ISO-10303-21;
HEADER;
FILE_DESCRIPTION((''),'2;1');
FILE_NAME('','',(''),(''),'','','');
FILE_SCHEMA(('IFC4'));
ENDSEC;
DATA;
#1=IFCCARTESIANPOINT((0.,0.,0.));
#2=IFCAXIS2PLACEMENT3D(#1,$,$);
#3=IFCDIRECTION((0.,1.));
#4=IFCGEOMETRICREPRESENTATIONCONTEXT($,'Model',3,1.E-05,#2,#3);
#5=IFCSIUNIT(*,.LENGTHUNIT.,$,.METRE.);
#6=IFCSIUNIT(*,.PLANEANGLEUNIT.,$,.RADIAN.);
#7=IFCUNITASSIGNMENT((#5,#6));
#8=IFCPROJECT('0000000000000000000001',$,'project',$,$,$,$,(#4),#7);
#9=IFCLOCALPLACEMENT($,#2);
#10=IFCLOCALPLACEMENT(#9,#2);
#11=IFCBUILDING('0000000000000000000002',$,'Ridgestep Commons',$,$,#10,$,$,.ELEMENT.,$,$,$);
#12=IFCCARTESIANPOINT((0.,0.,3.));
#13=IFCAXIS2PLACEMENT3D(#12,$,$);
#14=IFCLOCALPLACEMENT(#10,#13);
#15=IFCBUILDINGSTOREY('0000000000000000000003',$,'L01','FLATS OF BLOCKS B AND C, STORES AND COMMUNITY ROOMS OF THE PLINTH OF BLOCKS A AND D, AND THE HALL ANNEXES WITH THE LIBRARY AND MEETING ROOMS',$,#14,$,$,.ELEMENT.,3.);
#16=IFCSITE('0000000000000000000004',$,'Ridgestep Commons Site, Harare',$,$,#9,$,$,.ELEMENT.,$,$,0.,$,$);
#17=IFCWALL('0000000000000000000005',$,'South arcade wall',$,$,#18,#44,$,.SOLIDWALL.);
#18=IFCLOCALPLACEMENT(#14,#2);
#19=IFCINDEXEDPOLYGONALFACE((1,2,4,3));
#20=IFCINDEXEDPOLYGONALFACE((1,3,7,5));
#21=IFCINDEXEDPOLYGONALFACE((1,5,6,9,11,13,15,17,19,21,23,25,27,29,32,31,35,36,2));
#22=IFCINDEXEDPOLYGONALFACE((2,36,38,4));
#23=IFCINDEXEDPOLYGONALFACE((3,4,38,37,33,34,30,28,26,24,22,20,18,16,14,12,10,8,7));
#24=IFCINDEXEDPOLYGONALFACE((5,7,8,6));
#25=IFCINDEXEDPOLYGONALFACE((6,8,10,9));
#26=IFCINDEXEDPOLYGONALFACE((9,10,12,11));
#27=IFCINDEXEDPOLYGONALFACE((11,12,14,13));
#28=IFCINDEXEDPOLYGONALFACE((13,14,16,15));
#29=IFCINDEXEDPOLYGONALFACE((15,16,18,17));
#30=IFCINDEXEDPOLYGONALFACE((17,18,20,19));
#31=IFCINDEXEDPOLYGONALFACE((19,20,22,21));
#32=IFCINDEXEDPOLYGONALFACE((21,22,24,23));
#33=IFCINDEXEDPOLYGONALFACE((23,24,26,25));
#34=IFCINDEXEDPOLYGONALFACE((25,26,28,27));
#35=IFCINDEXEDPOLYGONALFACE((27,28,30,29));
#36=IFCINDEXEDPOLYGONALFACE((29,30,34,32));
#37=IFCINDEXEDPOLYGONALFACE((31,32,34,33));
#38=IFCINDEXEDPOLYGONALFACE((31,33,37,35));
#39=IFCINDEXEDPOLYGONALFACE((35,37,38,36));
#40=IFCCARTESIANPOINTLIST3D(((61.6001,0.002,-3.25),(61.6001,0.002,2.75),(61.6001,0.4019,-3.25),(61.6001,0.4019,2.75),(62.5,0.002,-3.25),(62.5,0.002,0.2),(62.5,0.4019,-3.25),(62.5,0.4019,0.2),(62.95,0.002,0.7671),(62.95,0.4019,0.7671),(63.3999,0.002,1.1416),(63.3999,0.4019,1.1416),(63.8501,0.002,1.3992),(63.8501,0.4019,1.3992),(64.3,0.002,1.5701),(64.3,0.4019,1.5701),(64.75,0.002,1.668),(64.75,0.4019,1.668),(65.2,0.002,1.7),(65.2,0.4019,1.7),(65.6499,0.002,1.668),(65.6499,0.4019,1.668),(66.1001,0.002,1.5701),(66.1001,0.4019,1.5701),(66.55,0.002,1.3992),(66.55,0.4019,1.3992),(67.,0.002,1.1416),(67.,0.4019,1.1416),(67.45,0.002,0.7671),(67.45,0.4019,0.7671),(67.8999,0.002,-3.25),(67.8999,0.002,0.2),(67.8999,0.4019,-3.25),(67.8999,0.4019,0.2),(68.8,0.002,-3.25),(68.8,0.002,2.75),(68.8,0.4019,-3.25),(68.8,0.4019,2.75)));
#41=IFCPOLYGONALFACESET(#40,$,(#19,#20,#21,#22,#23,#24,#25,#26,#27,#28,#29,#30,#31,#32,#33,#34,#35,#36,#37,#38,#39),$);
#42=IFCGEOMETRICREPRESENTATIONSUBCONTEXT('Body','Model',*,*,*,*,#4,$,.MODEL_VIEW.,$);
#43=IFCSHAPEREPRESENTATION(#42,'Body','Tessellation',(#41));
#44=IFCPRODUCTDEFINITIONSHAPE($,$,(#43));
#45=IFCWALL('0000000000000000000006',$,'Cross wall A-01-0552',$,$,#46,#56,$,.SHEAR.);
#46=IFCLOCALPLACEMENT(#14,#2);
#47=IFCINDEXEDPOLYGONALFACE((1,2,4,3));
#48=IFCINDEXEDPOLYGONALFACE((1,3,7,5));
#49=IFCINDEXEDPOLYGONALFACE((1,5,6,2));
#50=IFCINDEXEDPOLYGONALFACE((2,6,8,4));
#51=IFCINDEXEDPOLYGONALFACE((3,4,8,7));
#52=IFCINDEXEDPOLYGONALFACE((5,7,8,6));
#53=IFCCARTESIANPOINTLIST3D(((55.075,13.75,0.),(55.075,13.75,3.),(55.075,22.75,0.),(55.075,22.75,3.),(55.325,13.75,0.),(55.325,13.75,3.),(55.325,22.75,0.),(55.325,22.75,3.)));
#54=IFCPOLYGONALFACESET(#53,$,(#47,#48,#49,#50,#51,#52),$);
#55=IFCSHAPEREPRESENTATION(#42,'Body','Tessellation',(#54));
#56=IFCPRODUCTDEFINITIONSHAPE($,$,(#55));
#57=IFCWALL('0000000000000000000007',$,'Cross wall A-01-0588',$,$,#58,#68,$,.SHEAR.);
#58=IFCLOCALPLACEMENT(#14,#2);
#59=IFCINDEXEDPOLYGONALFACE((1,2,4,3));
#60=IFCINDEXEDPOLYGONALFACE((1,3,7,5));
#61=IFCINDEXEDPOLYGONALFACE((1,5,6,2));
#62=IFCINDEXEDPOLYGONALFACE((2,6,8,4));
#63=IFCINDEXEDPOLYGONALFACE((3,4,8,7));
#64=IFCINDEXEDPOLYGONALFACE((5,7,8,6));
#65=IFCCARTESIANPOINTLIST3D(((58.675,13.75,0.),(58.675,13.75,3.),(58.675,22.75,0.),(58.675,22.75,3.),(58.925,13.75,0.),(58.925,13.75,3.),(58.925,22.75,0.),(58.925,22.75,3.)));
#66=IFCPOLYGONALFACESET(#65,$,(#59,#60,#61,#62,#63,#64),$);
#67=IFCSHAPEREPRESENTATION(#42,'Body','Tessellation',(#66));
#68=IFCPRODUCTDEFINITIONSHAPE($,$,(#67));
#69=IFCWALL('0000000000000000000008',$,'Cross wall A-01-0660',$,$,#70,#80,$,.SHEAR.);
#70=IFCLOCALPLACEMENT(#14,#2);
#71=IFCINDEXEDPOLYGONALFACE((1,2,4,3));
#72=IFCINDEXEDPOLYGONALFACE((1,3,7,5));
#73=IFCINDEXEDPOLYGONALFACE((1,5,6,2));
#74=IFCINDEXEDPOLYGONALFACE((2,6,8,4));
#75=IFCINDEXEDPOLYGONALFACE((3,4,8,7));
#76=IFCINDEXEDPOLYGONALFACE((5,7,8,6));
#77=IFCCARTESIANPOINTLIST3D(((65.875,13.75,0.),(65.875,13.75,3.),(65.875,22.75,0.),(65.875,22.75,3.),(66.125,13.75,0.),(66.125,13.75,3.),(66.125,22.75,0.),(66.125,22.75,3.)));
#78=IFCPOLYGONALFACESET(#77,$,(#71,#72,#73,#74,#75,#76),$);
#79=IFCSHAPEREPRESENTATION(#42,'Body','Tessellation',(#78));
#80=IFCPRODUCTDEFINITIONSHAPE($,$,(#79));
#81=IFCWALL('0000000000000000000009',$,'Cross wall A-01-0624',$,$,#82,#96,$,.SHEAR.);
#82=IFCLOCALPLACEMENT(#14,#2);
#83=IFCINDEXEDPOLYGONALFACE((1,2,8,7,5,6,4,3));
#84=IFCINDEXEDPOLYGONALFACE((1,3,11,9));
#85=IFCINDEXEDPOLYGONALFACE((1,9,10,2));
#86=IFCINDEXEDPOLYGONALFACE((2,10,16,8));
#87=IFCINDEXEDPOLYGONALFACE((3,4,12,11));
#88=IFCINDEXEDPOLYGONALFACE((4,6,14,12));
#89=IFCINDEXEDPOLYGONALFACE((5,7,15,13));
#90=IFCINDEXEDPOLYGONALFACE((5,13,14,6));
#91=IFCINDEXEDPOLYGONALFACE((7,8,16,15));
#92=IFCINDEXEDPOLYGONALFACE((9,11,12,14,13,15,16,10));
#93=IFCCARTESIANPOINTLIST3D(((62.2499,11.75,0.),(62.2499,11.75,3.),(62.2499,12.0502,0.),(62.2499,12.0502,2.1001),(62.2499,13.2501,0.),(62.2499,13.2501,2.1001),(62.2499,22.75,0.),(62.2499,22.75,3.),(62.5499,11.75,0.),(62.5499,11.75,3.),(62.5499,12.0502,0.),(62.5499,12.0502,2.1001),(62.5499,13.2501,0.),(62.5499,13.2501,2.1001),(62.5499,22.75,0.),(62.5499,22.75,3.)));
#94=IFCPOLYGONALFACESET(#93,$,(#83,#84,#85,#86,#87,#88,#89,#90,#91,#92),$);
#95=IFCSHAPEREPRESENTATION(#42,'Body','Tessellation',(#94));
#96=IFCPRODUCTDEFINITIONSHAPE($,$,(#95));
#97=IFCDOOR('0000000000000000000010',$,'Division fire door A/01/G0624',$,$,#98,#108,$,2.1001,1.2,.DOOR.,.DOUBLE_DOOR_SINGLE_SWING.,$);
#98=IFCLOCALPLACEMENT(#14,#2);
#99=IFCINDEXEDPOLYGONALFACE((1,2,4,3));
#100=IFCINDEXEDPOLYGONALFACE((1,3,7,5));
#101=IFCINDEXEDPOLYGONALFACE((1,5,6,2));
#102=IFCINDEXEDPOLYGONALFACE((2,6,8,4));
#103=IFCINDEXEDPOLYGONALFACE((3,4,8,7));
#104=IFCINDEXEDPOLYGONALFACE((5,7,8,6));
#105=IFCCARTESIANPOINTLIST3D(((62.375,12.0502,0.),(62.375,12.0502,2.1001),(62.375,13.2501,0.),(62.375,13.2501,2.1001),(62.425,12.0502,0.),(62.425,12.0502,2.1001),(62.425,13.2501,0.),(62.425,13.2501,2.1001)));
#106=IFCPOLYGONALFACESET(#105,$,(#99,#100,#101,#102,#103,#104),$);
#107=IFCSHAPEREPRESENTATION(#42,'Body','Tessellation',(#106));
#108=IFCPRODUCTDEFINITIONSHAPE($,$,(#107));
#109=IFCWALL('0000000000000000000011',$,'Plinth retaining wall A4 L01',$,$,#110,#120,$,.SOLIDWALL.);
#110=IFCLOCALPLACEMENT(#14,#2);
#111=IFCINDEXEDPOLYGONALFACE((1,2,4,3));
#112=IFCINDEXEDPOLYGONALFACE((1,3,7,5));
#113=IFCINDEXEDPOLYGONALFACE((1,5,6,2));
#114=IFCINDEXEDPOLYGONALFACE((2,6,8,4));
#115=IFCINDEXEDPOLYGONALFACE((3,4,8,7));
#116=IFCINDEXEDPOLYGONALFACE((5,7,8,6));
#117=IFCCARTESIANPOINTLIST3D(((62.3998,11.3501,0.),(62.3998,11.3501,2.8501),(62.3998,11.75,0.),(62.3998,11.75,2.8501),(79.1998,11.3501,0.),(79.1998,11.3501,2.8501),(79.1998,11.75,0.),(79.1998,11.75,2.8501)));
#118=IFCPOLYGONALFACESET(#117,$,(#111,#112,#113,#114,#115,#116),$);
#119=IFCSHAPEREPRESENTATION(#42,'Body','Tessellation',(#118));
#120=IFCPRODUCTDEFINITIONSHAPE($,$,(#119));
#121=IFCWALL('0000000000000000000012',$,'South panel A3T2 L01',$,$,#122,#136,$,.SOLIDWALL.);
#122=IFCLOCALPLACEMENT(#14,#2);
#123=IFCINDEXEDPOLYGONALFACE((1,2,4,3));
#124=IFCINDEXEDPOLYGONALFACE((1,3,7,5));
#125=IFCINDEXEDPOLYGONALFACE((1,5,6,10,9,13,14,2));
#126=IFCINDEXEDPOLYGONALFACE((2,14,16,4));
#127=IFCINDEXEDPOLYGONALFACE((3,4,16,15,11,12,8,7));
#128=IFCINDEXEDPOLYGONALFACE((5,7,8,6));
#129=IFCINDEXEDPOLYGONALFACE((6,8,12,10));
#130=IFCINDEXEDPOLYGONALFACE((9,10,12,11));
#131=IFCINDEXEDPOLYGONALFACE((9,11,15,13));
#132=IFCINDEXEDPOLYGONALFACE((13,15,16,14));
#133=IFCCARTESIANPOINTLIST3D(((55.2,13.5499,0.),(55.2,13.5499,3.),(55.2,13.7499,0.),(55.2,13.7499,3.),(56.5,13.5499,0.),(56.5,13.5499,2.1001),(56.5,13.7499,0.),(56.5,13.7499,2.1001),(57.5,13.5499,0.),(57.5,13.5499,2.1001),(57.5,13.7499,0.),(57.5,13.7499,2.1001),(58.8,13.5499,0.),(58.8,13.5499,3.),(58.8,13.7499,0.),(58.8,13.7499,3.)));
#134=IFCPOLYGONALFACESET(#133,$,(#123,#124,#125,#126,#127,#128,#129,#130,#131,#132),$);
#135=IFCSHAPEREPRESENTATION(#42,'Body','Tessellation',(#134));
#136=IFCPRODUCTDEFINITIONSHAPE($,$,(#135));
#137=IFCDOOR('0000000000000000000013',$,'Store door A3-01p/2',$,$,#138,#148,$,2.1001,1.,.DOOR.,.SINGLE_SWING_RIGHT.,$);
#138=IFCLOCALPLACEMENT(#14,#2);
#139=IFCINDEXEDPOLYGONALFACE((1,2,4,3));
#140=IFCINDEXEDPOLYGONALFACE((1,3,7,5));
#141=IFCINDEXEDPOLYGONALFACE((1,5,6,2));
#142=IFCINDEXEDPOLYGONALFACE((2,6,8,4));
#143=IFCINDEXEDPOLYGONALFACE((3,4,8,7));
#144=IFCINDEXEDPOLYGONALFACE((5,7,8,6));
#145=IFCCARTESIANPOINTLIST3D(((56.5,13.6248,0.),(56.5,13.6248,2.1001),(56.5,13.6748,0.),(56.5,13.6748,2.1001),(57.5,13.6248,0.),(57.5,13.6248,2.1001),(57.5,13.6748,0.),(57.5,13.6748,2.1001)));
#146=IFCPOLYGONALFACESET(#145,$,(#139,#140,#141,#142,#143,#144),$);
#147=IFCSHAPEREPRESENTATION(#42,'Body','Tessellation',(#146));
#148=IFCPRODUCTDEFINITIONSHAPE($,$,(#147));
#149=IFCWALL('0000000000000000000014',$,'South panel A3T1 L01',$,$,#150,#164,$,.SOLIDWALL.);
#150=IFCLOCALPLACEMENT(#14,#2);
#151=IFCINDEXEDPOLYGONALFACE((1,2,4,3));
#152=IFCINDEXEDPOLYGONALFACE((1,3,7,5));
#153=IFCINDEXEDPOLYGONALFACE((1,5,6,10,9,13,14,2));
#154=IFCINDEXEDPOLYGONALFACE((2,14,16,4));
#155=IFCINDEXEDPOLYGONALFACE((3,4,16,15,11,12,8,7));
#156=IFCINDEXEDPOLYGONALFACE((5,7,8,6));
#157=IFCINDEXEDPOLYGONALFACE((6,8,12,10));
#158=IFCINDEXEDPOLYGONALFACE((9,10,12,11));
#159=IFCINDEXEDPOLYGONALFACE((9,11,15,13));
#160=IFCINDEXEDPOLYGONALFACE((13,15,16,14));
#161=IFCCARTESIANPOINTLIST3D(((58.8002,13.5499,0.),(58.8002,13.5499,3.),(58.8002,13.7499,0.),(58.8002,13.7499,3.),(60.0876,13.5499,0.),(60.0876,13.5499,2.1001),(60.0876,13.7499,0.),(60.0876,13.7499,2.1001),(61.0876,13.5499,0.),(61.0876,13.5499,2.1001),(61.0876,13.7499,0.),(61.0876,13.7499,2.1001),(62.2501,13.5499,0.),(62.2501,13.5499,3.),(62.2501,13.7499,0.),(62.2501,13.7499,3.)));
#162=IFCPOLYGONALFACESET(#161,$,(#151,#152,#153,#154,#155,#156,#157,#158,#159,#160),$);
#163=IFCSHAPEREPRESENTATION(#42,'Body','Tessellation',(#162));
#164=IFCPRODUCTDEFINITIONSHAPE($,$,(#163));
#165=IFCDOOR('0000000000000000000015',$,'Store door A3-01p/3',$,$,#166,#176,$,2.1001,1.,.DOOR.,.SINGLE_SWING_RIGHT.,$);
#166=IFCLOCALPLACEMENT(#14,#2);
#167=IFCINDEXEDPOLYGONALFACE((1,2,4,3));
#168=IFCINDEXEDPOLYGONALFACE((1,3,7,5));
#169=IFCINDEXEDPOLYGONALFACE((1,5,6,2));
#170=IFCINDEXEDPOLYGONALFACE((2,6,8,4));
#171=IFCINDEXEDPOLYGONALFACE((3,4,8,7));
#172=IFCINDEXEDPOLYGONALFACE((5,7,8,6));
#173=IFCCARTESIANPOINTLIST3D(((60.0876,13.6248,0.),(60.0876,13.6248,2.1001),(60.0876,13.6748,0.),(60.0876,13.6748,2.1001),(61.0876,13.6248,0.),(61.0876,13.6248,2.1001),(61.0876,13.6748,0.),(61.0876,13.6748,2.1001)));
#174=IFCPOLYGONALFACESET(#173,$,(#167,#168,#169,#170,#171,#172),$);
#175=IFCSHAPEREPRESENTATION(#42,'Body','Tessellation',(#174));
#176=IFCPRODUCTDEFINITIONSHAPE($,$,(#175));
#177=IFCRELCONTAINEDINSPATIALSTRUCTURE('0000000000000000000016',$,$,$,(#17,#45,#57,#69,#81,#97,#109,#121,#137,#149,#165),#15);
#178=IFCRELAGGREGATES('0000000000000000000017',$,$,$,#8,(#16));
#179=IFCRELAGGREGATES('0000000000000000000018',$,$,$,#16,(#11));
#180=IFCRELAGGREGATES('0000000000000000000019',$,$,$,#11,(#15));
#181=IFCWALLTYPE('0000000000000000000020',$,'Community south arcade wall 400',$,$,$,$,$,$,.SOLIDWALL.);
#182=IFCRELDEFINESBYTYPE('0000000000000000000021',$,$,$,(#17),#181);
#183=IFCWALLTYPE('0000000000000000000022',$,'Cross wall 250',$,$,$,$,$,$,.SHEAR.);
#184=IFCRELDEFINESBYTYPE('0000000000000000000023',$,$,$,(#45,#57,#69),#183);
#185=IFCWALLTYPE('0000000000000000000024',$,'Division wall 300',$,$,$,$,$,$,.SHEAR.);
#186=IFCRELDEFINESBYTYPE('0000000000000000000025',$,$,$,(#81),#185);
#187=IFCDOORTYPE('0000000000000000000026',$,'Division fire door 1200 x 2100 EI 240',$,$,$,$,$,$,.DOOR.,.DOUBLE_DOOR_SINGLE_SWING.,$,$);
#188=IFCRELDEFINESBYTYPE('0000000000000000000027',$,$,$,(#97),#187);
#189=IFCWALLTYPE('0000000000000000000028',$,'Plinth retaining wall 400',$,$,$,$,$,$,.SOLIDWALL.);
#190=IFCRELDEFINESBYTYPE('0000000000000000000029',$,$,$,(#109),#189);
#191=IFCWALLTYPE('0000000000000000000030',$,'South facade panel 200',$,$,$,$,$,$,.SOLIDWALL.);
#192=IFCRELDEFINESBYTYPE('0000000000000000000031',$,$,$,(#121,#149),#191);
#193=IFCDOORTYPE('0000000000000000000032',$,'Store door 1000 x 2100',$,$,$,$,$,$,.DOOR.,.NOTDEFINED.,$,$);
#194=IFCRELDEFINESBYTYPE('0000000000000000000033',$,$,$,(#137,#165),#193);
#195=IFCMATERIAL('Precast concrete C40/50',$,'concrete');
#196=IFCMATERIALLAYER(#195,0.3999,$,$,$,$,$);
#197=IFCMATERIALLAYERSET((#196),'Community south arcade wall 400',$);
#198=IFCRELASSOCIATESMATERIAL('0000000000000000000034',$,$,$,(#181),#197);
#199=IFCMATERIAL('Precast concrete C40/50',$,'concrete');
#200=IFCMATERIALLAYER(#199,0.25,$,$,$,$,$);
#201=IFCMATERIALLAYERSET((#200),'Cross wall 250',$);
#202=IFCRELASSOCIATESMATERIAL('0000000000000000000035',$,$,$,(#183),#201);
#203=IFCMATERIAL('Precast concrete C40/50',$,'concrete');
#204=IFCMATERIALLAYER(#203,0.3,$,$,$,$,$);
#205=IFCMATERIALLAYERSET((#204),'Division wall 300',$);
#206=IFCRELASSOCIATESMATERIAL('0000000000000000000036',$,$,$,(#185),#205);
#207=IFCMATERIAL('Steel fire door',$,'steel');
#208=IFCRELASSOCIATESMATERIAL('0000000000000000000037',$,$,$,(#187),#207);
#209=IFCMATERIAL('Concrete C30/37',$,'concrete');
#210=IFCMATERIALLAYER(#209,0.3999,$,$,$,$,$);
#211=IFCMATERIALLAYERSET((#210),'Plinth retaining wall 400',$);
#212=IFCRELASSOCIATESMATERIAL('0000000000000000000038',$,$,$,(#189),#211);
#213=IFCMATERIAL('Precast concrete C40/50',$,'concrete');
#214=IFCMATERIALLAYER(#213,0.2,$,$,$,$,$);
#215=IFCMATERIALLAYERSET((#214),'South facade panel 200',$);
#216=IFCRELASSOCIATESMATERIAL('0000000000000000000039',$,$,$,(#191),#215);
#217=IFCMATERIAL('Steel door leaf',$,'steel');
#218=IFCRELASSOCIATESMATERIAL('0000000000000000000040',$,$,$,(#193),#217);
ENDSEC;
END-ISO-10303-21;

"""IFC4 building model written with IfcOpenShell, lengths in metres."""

from ifc_helpers import new_model, si_unit, direction, frame, frame_2d, origin, place, context, subcontext, project, spatial, polyline, rectangle, outline, extrude, material, layer, layer_set, type_object, element, fill, save


model = new_model("IFC4")

# Units and contexts
model_context = context("Model", 3, precision=1e-05, world=origin(), true_north=direction((0.0, 1.0)))
body_context = subcontext(model_context, "Body", "Model", "MODEL_VIEW")
ifc_project = project(units=[si_unit("LENGTHUNIT", "METRE"), si_unit("PLANEANGLEUNIT", "RADIAN")], contexts=[model_context])

# Site, building, storey
site_placement = place(None, origin())
site = spatial("IfcSite", under=ifc_project, at=site_placement, Name="Ridgestep Commons Site, Harare", CompositionType="ELEMENT", RefElevation=0.0)
building_placement = place(site_placement, origin())
building = spatial("IfcBuilding", under=site, at=building_placement, Name="Ridgestep Commons", CompositionType="ELEMENT")
storey_placement = place(building_placement, frame((0.0, 0.0, 3.0)))
storey = spatial("IfcBuildingStorey", under=building, at=storey_placement, Name="L01", Description="FLATS OF BLOCKS B AND C, STORES AND COMMUNITY ROOMS OF THE PLINTH OF BLOCKS A AND D, AND THE HALL ANNEXES WITH THE LIBRARY AND MEETING ROOMS", CompositionType="ELEMENT", Elevation=3.0)

# Walls
ifc_material_1 = material(Name="Precast concrete C40/50", Category="concrete")
ifc_layer_1 = layer(ifc_material_1, 0.3999)
ifc_layer_set_1 = layer_set([ifc_layer_1], Name="Community south arcade wall 400")
wall_type_1 = type_object("IfcWallType", Name="Community south arcade wall 400", PredefinedType="SOLIDWALL", material=ifc_layer_set_1)
wall_1_placement = place(storey_placement, frame((61.6001, 0.002, -3.25), z_axis=(0.0, -1.0, 0.0), x_axis=(1.0, 0.0, 0.0)))
element("IfcWall", 1, at=wall_1_placement, inside=storey, type_object=wall_type_1, Name="South arcade wall", PredefinedType="SOLIDWALL", context=body_context, shape_type="SweptSolid", body=[
    extrude(outline(polyline([(0.0, 0.0), (0.8999, 0.0), (0.8999, 3.45), (1.3499, 4.0171), (1.7998, 4.3916), (2.25, 4.6492), (2.7, 4.8201), (3.1499, 4.918), (3.5999, 4.95), (4.0498, 4.918), (4.5, 4.8201), (4.95, 4.6492), (5.3999, 4.3916), (5.8499, 4.0171), (6.2998, 3.45), (6.2998, 0.0), (7.2, 0.0), (7.2, 6.0), (0.0, 6.0), (0.0, 0.0)])), origin(), (0.0, 0.0, -1.0), 0.3999),
])
ifc_material_2 = material(Name="Precast concrete C40/50", Category="concrete")
ifc_layer_2 = layer(ifc_material_2, 0.25)
ifc_layer_set_2 = layer_set([ifc_layer_2], Name="Cross wall 250")
wall_type_2 = type_object("IfcWallType", Name="Cross wall 250", PredefinedType="SHEAR", material=ifc_layer_set_2)
for number, where, z_axis, x_axis, name in (
    (2, (55.2, 13.75, 0.0), (0.0, 0.0, 1.0), (0.0, 1.0, 0.0), "Cross wall A-01-0552"),
    (3, (58.8, 13.75, 0.0), (0.0, 0.0, 1.0), (0.0, 1.0, 0.0), "Cross wall A-01-0588"),
    (4, (66.0, 13.75, 0.0), (0.0, 0.0, 1.0), (0.0, 1.0, 0.0), "Cross wall A-01-0660"),
):
    element("IfcWall", number, at=place(storey_placement, frame(where, z_axis=z_axis, x_axis=x_axis)), inside=storey, type_object=wall_type_2, Name=name, PredefinedType="SHEAR", context=body_context, shape_type="SweptSolid", body=[
        extrude(rectangle(XDim=9.0, YDim=0.25, at=frame_2d((4.5, 0.0))), origin(), (0.0, 0.0, 1.0), 3.0),
    ])

# Wall, opening, door
ifc_material_3 = material(Name="Precast concrete C40/50", Category="concrete")
ifc_layer_3 = layer(ifc_material_3, 0.3)
ifc_layer_set_3 = layer_set([ifc_layer_3], Name="Division wall 300")
wall_type_3 = type_object("IfcWallType", Name="Division wall 300", PredefinedType="SHEAR", material=ifc_layer_set_3)
wall_2_placement = place(storey_placement, frame((62.3999, 11.75, 0.0), z_axis=(0.0, 0.0, 1.0), x_axis=(0.0, 1.0, 0.0)))
wall_2 = element("IfcWall", 5, at=wall_2_placement, inside=storey, type_object=wall_type_3, Name="Cross wall A-01-0624", PredefinedType="SHEAR", context=body_context, shape_type="SweptSolid", body=[
    extrude(rectangle(XDim=11.0, YDim=0.3, at=frame_2d((5.5, 0.0))), origin(), (0.0, 0.0, 1.0), 3.0),
])
opening_1_placement = place(wall_2_placement, frame((0.3, 0.0, 0.0)))
opening_1 = element("IfcOpeningElement", 6, at=opening_1_placement, cuts=wall_2, PredefinedType="OPENING", context=body_context, shape_type="SweptSolid", body=[
    extrude(rectangle(XDim=1.2, YDim=2.1001, at=frame_2d((0.6001, 1.05))), frame((0.0, 0.1599, 0.0), z_axis=(0.0, -1.0, 0.0), x_axis=(1.0, 0.0, 0.0)), (0.0, 0.0, 1.0), 0.3201),
])
ifc_material_4 = material(Name="Steel fire door", Category="steel")
door_type_1 = type_object("IfcDoorType", Name="Division fire door 1200 x 2100 EI 240", OperationType="DOUBLE_DOOR_SINGLE_SWING", PredefinedType="DOOR", material=ifc_material_4)
door_1_placement = place(opening_1_placement, origin())
door_1 = element("IfcDoor", 7, at=door_1_placement, inside=storey, type_object=door_type_1, Name="Division fire door A/01/G0624", OperationType="DOUBLE_DOOR_SINGLE_SWING", OverallHeight=2.1001, OverallWidth=1.2, PredefinedType="DOOR", context=body_context, shape_type="SweptSolid", body=[
    extrude(rectangle(XDim=1.2, YDim=2.1001, at=frame_2d((0.6001, 1.05))), frame((0.0, 0.0249, 0.0), z_axis=(0.0, -1.0, 0.0), x_axis=(1.0, 0.0, 0.0)), (0.0, 0.0, 1.0), 0.05),
])
fill(opening_1, door_1)

# Wall
ifc_material_5 = material(Name="Concrete C30/37", Category="concrete")
ifc_layer_4 = layer(ifc_material_5, 0.3999)
ifc_layer_set_4 = layer_set([ifc_layer_4], Name="Plinth retaining wall 400")
wall_type_4 = type_object("IfcWallType", Name="Plinth retaining wall 400", PredefinedType="SOLIDWALL", material=ifc_layer_set_4)
wall_3_placement = place(storey_placement, frame((62.3999, 11.55, 0.0), z_axis=(0.0, 0.0, 1.0), x_axis=(1.0, 0.0, 0.0)))
element("IfcWall", 8, at=wall_3_placement, inside=storey, type_object=wall_type_4, Name="Plinth retaining wall A4 L01", PredefinedType="SOLIDWALL", context=body_context, shape_type="SweptSolid", body=[
    extrude(rectangle(XDim=16.8, YDim=0.3999, at=frame_2d((8.3999, 0.0))), origin(), (0.0, 0.0, 1.0), 2.8501),
])

# Walls, openings, doors
ifc_material_6 = material(Name="Precast concrete C40/50", Category="concrete")
ifc_layer_5 = layer(ifc_material_6, 0.2)
ifc_layer_set_5 = layer_set([ifc_layer_5], Name="South facade panel 200")
wall_type_5 = type_object("IfcWallType", Name="South facade panel 200", PredefinedType="SOLIDWALL", material=ifc_layer_set_5)
wall_4_placement = place(storey_placement, frame((55.2, 13.6499, 0.0), z_axis=(0.0, 0.0, 1.0), x_axis=(1.0, 0.0, 0.0)))
wall_4 = element("IfcWall", 9, at=wall_4_placement, inside=storey, type_object=wall_type_5, Name="South panel A3T2 L01", PredefinedType="SOLIDWALL", context=body_context, shape_type="SweptSolid", body=[
    extrude(rectangle(XDim=3.6001, YDim=0.2, at=frame_2d((1.8, 0.0))), origin(), (0.0, 0.0, 1.0), 3.0),
])
opening_2_placement = place(wall_4_placement, frame((1.3, 0.0, 0.0)))
opening_2 = element("IfcOpeningElement", 10, at=opening_2_placement, cuts=wall_4, PredefinedType="OPENING", context=body_context, shape_type="SweptSolid", body=[
    extrude(rectangle(XDim=1.0, YDim=2.1001, at=frame_2d((0.5, 1.05))), frame((0.0, 0.1099, 0.0), z_axis=(0.0, -1.0, 0.0), x_axis=(1.0, 0.0, 0.0)), (0.0, 0.0, 1.0), 0.22),
])
ifc_material_7 = material(Name="Steel door leaf", Category="steel")
door_type_2 = type_object("IfcDoorType", Name="Store door 1000 x 2100", OperationType="NOTDEFINED", PredefinedType="DOOR", material=ifc_material_7)
door_2_placement = place(opening_2_placement, origin())
door_2 = element("IfcDoor", 11, at=door_2_placement, inside=storey, type_object=door_type_2, Name="Store door A3-01p/2", OperationType="SINGLE_SWING_RIGHT", OverallHeight=2.1001, OverallWidth=1.0, PredefinedType="DOOR", context=body_context, shape_type="SweptSolid", body=[
    extrude(rectangle(XDim=1.0, YDim=2.1001, at=frame_2d((0.5, 1.05))), frame((0.0, 0.0249, 0.0), z_axis=(0.0, -1.0, 0.0), x_axis=(1.0, 0.0, 0.0)), (0.0, 0.0, 1.0), 0.05),
])
fill(opening_2, door_2)
wall_5_placement = place(storey_placement, frame((58.8, 13.6499, 0.0), z_axis=(0.0, 0.0, 1.0), x_axis=(1.0, 0.0, 0.0)))
wall_5 = element("IfcWall", 12, at=wall_5_placement, inside=storey, type_object=wall_type_5, Name="South panel A3T1 L01", PredefinedType="SOLIDWALL", context=body_context, shape_type="SweptSolid", body=[
    extrude(rectangle(XDim=3.45, YDim=0.2, at=frame_2d((1.7251, 0.0))), origin(), (0.0, 0.0, 1.0), 3.0),
])
opening_3_placement = place(wall_5_placement, frame((1.2876, 0.0, 0.0)))
opening_3 = element("IfcOpeningElement", 13, at=opening_3_placement, cuts=wall_5, PredefinedType="OPENING", context=body_context, shape_type="SweptSolid", body=[
    extrude(rectangle(XDim=1.0, YDim=2.1001, at=frame_2d((0.5, 1.05))), frame((0.0, 0.1099, 0.0), z_axis=(0.0, -1.0, 0.0), x_axis=(1.0, 0.0, 0.0)), (0.0, 0.0, 1.0), 0.22),
])
door_3_placement = place(opening_3_placement, origin())
door_3 = element("IfcDoor", 14, at=door_3_placement, inside=storey, type_object=door_type_2, Name="Store door A3-01p/3", OperationType="SINGLE_SWING_RIGHT", OverallHeight=2.1001, OverallWidth=1.0, PredefinedType="DOOR", context=body_context, shape_type="SweptSolid", body=[
    extrude(rectangle(XDim=1.0, YDim=2.1001, at=frame_2d((0.5, 1.05))), frame((0.0, 0.0249, 0.0), z_axis=(0.0, -1.0, 0.0), x_axis=(1.0, 0.0, 0.0)), (0.0, 0.0, 1.0), 0.05),
])
fill(opening_3, door_3)

save(model, "model.ifc")
